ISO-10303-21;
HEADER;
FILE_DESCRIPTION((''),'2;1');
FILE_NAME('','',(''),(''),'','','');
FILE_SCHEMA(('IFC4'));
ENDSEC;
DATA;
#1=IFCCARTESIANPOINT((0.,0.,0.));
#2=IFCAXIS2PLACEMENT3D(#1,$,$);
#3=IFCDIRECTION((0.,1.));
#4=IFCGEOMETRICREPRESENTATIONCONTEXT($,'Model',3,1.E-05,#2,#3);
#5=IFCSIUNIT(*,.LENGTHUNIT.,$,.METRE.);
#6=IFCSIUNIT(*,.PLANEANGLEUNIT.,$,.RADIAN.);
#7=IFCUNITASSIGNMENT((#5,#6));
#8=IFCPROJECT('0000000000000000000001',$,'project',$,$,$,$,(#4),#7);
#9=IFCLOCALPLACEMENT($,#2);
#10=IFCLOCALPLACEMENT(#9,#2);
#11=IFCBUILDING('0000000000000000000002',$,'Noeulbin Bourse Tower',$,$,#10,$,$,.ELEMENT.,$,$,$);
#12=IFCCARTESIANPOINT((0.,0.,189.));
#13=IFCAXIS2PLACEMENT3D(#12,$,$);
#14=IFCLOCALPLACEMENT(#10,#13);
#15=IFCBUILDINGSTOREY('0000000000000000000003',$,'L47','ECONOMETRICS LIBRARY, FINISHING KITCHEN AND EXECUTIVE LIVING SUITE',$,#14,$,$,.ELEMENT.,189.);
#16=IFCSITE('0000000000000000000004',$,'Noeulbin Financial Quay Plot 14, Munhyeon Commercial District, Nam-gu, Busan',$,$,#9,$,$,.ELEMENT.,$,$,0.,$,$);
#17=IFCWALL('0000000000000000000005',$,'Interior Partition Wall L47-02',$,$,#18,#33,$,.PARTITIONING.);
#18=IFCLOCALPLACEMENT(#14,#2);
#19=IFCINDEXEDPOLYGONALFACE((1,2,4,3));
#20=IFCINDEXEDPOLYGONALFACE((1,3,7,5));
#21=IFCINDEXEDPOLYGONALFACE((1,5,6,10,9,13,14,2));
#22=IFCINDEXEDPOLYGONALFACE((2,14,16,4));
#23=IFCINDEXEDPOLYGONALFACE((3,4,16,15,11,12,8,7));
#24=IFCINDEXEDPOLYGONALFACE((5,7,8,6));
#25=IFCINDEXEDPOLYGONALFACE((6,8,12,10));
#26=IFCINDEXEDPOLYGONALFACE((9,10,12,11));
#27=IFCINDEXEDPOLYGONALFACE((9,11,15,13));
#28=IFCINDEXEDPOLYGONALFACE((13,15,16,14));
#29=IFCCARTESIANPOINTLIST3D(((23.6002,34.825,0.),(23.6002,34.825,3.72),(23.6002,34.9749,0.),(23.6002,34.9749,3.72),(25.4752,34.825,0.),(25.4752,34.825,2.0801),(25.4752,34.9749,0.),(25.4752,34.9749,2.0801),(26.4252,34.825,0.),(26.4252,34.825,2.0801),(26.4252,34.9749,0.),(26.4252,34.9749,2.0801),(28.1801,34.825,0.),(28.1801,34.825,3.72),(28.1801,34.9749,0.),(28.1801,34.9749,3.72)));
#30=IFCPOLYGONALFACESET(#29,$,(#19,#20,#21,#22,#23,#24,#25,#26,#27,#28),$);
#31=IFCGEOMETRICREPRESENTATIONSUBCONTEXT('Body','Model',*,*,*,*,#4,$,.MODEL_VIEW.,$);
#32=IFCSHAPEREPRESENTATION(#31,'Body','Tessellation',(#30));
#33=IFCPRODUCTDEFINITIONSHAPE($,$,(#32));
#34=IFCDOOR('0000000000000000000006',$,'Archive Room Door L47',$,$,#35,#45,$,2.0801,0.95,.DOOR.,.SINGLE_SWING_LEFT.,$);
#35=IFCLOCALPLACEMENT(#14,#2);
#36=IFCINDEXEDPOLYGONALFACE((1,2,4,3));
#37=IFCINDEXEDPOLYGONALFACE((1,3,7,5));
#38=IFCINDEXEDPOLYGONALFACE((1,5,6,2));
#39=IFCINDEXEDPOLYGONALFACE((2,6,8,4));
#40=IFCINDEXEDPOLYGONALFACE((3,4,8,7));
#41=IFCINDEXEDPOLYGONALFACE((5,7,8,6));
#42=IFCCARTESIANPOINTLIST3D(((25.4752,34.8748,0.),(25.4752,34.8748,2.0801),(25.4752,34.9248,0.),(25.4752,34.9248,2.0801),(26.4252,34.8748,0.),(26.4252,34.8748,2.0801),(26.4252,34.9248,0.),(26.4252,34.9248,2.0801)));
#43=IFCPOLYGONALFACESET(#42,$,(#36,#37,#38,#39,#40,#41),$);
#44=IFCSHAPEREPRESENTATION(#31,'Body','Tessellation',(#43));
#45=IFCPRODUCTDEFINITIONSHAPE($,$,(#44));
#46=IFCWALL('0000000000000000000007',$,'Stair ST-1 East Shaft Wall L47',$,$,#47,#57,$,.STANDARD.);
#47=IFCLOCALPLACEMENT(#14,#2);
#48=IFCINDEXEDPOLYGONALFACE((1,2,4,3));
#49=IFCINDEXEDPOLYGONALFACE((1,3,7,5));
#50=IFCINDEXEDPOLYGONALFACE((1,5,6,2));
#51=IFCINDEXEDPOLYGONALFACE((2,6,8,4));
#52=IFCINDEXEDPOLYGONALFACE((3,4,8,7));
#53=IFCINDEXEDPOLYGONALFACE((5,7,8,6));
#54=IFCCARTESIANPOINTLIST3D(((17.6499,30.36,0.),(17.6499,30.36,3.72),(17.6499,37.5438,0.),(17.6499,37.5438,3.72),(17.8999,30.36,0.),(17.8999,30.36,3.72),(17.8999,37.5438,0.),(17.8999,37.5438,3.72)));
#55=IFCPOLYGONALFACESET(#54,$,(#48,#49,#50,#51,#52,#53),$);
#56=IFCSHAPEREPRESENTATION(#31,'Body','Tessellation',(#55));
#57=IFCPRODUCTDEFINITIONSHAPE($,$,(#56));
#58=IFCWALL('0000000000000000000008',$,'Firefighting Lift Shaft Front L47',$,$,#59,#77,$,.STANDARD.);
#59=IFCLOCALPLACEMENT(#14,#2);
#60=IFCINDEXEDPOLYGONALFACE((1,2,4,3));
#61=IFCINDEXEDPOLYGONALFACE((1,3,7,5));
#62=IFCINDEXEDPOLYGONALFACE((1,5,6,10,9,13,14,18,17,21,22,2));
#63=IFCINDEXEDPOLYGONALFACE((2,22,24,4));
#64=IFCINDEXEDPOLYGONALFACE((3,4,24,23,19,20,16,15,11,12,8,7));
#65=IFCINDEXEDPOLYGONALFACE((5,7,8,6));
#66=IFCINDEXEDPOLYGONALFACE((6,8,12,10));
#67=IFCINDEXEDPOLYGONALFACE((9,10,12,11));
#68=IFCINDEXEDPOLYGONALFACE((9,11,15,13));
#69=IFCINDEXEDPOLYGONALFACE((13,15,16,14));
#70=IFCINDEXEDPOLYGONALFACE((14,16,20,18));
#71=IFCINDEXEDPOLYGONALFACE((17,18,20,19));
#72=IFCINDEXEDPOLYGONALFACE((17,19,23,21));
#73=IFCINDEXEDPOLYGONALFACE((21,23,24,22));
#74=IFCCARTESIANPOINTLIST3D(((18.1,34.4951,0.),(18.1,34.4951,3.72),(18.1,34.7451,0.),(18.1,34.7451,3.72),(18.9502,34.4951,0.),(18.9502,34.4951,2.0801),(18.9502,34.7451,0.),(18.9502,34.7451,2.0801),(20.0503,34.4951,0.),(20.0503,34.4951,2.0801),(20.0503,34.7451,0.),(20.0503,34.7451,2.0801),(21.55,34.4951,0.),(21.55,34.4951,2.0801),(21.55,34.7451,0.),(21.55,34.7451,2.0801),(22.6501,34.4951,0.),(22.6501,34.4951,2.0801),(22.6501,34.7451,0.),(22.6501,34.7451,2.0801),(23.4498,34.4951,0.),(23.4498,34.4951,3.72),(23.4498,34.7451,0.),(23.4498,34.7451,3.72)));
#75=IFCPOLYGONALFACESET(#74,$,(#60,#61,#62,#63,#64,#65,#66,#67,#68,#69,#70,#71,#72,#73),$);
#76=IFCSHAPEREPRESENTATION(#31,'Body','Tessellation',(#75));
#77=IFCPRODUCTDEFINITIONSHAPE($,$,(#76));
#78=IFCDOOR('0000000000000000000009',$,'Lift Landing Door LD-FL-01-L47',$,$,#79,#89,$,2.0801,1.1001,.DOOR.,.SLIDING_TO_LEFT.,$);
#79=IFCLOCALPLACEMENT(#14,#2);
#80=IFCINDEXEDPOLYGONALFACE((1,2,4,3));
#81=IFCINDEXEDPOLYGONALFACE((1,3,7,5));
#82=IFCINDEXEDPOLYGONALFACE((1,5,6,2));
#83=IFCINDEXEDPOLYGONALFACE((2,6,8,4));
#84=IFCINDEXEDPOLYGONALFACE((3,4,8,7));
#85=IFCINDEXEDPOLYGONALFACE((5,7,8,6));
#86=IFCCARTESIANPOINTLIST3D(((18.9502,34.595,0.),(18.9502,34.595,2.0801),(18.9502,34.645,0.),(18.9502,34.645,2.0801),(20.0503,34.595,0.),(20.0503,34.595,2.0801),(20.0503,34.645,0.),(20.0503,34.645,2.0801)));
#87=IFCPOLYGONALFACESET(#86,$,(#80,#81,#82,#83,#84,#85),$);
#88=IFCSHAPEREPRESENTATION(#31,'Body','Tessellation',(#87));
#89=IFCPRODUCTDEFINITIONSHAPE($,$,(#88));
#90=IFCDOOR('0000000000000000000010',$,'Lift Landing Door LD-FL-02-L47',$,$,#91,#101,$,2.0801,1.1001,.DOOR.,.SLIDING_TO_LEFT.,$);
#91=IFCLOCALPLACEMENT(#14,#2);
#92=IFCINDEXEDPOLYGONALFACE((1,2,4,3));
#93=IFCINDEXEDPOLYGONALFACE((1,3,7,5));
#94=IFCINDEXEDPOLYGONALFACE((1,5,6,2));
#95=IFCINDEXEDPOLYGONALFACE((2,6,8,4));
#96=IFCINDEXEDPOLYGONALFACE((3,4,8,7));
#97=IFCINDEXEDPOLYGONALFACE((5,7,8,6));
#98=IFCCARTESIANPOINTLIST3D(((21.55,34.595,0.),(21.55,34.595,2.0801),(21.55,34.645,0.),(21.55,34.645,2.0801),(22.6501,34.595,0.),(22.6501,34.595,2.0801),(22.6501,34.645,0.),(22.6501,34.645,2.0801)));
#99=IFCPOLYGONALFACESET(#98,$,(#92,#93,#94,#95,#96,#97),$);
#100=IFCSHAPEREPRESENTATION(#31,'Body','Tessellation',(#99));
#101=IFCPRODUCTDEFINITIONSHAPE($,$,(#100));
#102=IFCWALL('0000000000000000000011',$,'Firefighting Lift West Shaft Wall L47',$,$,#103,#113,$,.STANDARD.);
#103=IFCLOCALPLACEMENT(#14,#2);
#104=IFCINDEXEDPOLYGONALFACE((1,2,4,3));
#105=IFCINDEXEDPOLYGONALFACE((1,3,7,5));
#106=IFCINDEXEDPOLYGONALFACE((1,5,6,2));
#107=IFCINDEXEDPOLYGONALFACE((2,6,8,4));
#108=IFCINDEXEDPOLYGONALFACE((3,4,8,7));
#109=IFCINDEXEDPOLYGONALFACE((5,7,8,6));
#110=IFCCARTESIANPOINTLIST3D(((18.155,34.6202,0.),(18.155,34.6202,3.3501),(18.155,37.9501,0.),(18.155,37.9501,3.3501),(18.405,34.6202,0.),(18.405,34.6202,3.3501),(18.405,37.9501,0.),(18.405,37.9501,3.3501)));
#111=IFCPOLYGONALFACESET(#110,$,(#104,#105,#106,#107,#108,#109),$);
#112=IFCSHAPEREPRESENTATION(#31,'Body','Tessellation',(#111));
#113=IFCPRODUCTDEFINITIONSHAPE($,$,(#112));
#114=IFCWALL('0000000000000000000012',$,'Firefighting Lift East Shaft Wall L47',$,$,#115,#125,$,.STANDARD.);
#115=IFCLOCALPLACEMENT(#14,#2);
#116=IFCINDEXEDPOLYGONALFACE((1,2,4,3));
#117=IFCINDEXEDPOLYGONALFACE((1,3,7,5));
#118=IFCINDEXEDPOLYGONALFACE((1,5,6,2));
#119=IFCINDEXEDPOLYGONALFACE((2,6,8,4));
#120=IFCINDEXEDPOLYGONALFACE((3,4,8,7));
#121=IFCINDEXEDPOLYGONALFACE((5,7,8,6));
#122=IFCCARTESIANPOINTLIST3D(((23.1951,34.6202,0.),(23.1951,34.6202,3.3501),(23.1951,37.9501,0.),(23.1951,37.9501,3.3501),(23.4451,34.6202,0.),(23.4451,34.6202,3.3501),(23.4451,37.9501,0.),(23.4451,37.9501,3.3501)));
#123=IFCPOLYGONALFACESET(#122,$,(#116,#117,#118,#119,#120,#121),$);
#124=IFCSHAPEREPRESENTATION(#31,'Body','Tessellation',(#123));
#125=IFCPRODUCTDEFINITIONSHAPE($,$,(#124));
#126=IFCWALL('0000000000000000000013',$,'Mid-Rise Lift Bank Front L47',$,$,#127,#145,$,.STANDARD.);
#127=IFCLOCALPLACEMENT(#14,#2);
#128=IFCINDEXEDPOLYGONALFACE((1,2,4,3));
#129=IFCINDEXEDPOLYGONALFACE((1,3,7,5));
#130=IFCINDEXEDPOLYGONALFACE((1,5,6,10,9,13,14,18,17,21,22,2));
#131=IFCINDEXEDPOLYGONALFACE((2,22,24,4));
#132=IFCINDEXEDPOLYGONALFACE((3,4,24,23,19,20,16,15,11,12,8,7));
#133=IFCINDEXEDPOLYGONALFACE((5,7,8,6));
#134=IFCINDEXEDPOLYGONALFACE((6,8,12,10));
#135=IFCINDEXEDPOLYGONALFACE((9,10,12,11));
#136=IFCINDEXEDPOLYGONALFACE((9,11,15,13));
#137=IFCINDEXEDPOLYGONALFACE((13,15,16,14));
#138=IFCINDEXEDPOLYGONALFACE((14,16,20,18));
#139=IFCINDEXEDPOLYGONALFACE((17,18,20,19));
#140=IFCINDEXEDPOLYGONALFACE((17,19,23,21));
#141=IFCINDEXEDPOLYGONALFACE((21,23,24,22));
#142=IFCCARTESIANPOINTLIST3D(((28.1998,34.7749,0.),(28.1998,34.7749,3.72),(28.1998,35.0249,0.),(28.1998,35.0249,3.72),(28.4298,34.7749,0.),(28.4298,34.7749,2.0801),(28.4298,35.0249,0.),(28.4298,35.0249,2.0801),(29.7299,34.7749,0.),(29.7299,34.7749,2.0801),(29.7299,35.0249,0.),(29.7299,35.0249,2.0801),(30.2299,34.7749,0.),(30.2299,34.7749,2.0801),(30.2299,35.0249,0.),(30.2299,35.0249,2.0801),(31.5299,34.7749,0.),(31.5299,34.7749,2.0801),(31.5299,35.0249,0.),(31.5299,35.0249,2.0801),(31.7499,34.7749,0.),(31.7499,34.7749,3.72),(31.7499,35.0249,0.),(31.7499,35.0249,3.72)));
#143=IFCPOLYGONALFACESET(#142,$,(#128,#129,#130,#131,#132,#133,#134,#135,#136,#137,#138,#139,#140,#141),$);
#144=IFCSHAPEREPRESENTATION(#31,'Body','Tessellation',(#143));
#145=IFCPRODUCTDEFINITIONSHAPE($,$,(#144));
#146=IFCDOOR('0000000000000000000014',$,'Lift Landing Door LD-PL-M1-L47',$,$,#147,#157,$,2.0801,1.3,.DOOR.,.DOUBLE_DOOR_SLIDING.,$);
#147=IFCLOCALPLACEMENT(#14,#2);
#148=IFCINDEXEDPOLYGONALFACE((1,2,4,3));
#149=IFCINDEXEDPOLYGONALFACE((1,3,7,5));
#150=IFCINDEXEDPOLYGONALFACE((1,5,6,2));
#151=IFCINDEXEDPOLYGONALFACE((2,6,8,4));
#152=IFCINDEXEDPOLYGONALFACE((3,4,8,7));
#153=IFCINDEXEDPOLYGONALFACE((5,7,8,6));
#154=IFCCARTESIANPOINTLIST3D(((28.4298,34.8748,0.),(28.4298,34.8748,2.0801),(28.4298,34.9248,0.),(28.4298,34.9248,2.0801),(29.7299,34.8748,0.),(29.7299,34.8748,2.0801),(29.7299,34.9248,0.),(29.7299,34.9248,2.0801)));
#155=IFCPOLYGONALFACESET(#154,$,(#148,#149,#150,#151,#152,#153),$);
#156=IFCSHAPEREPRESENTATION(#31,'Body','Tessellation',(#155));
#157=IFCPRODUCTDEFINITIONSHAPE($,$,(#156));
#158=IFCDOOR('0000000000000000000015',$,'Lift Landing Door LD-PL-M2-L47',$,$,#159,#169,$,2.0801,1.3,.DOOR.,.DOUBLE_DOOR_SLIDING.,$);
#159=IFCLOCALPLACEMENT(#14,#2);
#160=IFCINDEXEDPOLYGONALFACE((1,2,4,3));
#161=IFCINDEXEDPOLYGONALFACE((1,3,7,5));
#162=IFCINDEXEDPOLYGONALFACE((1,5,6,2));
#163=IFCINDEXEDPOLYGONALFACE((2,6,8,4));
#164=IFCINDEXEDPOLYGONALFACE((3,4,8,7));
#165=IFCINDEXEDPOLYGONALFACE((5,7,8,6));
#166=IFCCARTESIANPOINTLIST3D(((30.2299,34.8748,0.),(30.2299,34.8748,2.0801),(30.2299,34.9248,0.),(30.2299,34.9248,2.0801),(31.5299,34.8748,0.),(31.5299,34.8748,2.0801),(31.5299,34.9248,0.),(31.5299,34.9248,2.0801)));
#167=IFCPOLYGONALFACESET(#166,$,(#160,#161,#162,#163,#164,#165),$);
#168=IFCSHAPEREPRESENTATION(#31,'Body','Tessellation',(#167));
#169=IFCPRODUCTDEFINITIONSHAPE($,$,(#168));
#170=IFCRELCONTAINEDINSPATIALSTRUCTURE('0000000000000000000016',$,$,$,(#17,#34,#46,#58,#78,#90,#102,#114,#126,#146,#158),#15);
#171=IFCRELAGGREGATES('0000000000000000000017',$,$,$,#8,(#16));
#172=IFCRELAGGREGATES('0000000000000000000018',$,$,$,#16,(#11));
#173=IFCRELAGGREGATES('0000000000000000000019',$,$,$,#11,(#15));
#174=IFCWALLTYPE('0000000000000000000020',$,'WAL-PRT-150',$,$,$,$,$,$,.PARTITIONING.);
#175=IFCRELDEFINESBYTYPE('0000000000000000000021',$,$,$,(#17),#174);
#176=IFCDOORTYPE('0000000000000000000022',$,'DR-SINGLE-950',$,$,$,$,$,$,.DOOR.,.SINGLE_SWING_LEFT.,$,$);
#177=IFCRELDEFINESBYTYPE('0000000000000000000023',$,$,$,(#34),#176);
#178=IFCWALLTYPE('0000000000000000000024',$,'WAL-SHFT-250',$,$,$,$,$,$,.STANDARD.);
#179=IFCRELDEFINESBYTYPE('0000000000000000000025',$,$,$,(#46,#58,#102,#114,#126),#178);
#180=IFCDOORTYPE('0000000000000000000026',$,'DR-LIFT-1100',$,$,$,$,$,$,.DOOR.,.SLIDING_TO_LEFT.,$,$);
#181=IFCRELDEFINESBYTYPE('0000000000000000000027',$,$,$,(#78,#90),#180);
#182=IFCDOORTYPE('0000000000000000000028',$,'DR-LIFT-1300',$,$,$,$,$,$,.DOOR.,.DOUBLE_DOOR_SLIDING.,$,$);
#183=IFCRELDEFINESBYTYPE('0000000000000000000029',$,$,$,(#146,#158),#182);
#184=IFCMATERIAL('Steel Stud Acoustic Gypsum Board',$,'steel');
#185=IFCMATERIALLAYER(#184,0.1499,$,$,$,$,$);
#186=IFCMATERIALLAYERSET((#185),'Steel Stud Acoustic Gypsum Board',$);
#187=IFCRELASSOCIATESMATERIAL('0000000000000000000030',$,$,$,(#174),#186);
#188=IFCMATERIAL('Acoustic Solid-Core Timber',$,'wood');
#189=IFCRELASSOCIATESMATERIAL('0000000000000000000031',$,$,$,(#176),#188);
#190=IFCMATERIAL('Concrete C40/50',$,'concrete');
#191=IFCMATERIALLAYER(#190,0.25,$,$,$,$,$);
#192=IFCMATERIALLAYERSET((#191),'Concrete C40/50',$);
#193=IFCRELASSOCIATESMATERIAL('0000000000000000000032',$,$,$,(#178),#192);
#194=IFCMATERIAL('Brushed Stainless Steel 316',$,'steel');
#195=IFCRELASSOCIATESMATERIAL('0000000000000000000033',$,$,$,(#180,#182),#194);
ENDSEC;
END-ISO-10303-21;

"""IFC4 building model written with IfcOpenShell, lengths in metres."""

from ifc_helpers import new_model, si_unit, direction, frame, frame_2d, origin, place, context, subcontext, project, spatial, rectangle, extrude, material, layer, layer_set, type_object, element, fill, save


model = new_model("IFC4")

# Units and contexts
model_context = context("Model", 3, precision=1e-05, world=origin(), true_north=direction((0.0, 1.0)))
body_context = subcontext(model_context, "Body", "Model", "MODEL_VIEW")
ifc_project = project(units=[si_unit("LENGTHUNIT", "METRE"), si_unit("PLANEANGLEUNIT", "RADIAN")], contexts=[model_context])

# Site, building, storey
site_placement = place(None, origin())
site = spatial("IfcSite", under=ifc_project, at=site_placement, Name="Noeulbin Financial Quay Plot 14, Munhyeon Commercial District, Nam-gu, Busan", CompositionType="ELEMENT", RefElevation=0.0)
building_placement = place(site_placement, origin())
building = spatial("IfcBuilding", under=site, at=building_placement, Name="Noeulbin Bourse Tower", CompositionType="ELEMENT")
storey_placement = place(building_placement, frame((0.0, 0.0, 189.0)))
storey = spatial("IfcBuildingStorey", under=building, at=storey_placement, Name="L47", Description="ECONOMETRICS LIBRARY, FINISHING KITCHEN AND EXECUTIVE LIVING SUITE", CompositionType="ELEMENT", Elevation=189.0)

# Shared definitions
ifc_material_1 = material(Name="Concrete C40/50", Category="concrete")

# Wall, opening, door
ifc_material_2 = material(Name="Steel Stud Acoustic Gypsum Board", Category="steel")
ifc_layer_1 = layer(ifc_material_2, 0.1499)
ifc_layer_set_1 = layer_set([ifc_layer_1], Name="Steel Stud Acoustic Gypsum Board")
wall_type_1 = type_object("IfcWallType", Name="WAL-PRT-150", PredefinedType="PARTITIONING", material=ifc_layer_set_1)
wall_1_placement = place(storey_placement, frame((23.6001, 34.8999, 0.0), z_axis=(0.0, 0.0, 1.0), x_axis=(1.0, 0.0, 0.0)))
wall_1 = element("IfcWall", 1, at=wall_1_placement, inside=storey, type_object=wall_type_1, Name="Interior Partition Wall L47-02", PredefinedType="PARTITIONING", context=body_context, shape_type="SweptSolid", body=[
    extrude(rectangle(XDim=4.5798, YDim=0.1499, at=frame_2d((2.29, 0.0))), origin(), (0.0, 0.0, 1.0), 3.72),
])
opening_1_placement = place(wall_1_placement, frame((1.875, 0.0, 0.0)))
opening_1 = element("IfcOpeningElement", 2, at=opening_1_placement, cuts=wall_1, PredefinedType="OPENING", context=body_context, shape_type="SweptSolid", body=[
    extrude(rectangle(XDim=0.95, YDim=2.0801, at=frame_2d((0.4751, 1.04))), frame((0.0, 0.085, 0.0), z_axis=(0.0, -1.0, 0.0), x_axis=(1.0, 0.0, 0.0)), (0.0, 0.0, 1.0), 0.1699),
])
ifc_material_3 = material(Name="Acoustic Solid-Core Timber", Category="wood")
door_type_1 = type_object("IfcDoorType", Name="DR-SINGLE-950", OperationType="SINGLE_SWING_LEFT", PredefinedType="DOOR", material=ifc_material_3)
door_1_placement = place(opening_1_placement, origin())
door_1 = element("IfcDoor", 3, at=door_1_placement, inside=storey, type_object=door_type_1, Name="Archive Room Door L47", OperationType="SINGLE_SWING_LEFT", OverallHeight=2.0801, OverallWidth=0.95, PredefinedType="DOOR", context=body_context, shape_type="SweptSolid", body=[
    extrude(rectangle(XDim=0.95, YDim=2.0801, at=frame_2d((0.4751, 1.04))), frame((0.0, 0.0249, 0.0), z_axis=(0.0, -1.0, 0.0), x_axis=(1.0, 0.0, 0.0)), (0.0, 0.0, 1.0), 0.05),
])
fill(opening_1, door_1)

# Wall
ifc_layer_2 = layer(ifc_material_1, 0.25)
ifc_layer_set_2 = layer_set([ifc_layer_2], Name="Concrete C40/50")
wall_type_2 = type_object("IfcWallType", Name="WAL-SHFT-250", PredefinedType="STANDARD", material=ifc_layer_set_2)
wall_2_placement = place(storey_placement, frame((17.7749, 30.3601, 0.0), z_axis=(0.0, 0.0, 1.0), x_axis=(0.0, 1.0, 0.0)))
element("IfcWall", 4, at=wall_2_placement, inside=storey, type_object=wall_type_2, Name="Stair ST-1 East Shaft Wall L47", PredefinedType="STANDARD", context=body_context, shape_type="SweptSolid", body=[
    extrude(rectangle(XDim=7.1838, YDim=0.25, at=frame_2d((3.5918, 0.0))), origin(), (0.0, 0.0, 1.0), 3.72),
])

# Wall, openings, doors
wall_3_placement = place(storey_placement, frame((18.1001, 34.6201, 0.0), z_axis=(0.0, 0.0, 1.0), x_axis=(1.0, 0.0, 0.0)))
wall_3 = element("IfcWall", 5, at=wall_3_placement, inside=storey, type_object=wall_type_2, Name="Firefighting Lift Shaft Front L47", PredefinedType="STANDARD", context=body_context, shape_type="SweptSolid", body=[
    extrude(rectangle(XDim=5.3499, YDim=0.25, at=frame_2d((2.6748, 0.0))), origin(), (0.0, 0.0, 1.0), 3.72),
])
opening_2_placement = place(wall_3_placement, frame((0.8501, 0.0, 0.0)))
opening_2 = element("IfcOpeningElement", 6, at=opening_2_placement, cuts=wall_3, PredefinedType="OPENING", context=body_context, shape_type="SweptSolid", body=[
    extrude(rectangle(XDim=1.1001, YDim=2.0801, at=frame_2d((0.55, 1.04))), frame((0.0, 0.135, 0.0), z_axis=(0.0, -1.0, 0.0), x_axis=(1.0, 0.0, 0.0)), (0.0, 0.0, 1.0), 0.27),
])
opening_3_placement = place(wall_3_placement, frame((3.45, 0.0, 0.0)))
opening_3 = element("IfcOpeningElement", 7, at=opening_3_placement, cuts=wall_3, PredefinedType="OPENING", context=body_context, shape_type="SweptSolid", body=[
    extrude(rectangle(XDim=1.1001, YDim=2.0801, at=frame_2d((0.55, 1.04))), frame((0.0, 0.135, 0.0), z_axis=(0.0, -1.0, 0.0), x_axis=(1.0, 0.0, 0.0)), (0.0, 0.0, 1.0), 0.27),
])
ifc_material_4 = material(Name="Brushed Stainless Steel 316", Category="steel")
door_type_2 = type_object("IfcDoorType", Name="DR-LIFT-1100", OperationType="SLIDING_TO_LEFT", PredefinedType="DOOR", material=ifc_material_4)
door_2_placement = place(opening_2_placement, origin())
door_2 = element("IfcDoor", 8, at=door_2_placement, inside=storey, type_object=door_type_2, Name="Lift Landing Door LD-FL-01-L47", OperationType="SLIDING_TO_LEFT", OverallHeight=2.0801, OverallWidth=1.1001, PredefinedType="DOOR", context=body_context, shape_type="SweptSolid", body=[
    extrude(rectangle(XDim=1.1001, YDim=2.0801, at=frame_2d((0.55, 1.04))), frame((0.0, 0.0249, 0.0), z_axis=(0.0, -1.0, 0.0), x_axis=(1.0, 0.0, 0.0)), (0.0, 0.0, 1.0), 0.05),
])
fill(opening_2, door_2)
door_3_placement = place(opening_3_placement, origin())
door_3 = element("IfcDoor", 9, at=door_3_placement, inside=storey, type_object=door_type_2, Name="Lift Landing Door LD-FL-02-L47", OperationType="SLIDING_TO_LEFT", OverallHeight=2.0801, OverallWidth=1.1001, PredefinedType="DOOR", context=body_context, shape_type="SweptSolid", body=[
    extrude(rectangle(XDim=1.1001, YDim=2.0801, at=frame_2d((0.55, 1.04))), frame((0.0, 0.0249, 0.0), z_axis=(0.0, -1.0, 0.0), x_axis=(1.0, 0.0, 0.0)), (0.0, 0.0, 1.0), 0.05),
])
fill(opening_3, door_3)

# Walls
for number, where, z_axis, x_axis, name in (
    (10, (18.28, 34.6201, 0.0), (0.0, 0.0, 1.0), (0.0, 1.0, 0.0), "Firefighting Lift West Shaft Wall L47"),
    (11, (23.3201, 34.6201, 0.0), (0.0, 0.0, 1.0), (0.0, 1.0, 0.0), "Firefighting Lift East Shaft Wall L47"),
):
    element("IfcWall", number, at=place(storey_placement, frame(where, z_axis=z_axis, x_axis=x_axis)), inside=storey, type_object=wall_type_2, Name=name, PredefinedType="STANDARD", context=body_context, shape_type="SweptSolid", body=[
        extrude(rectangle(XDim=3.3298, YDim=0.25, at=frame_2d((1.665, 0.0))), origin(), (0.0, 0.0, 1.0), 3.3501),
    ])

# Wall, openings, doors
wall_4_placement = place(storey_placement, frame((28.2, 34.8999, 0.0), z_axis=(0.0, 0.0, 1.0), x_axis=(1.0, 0.0, 0.0)))
wall_4 = element("IfcWall", 12, at=wall_4_placement, inside=storey, type_object=wall_type_2, Name="Mid-Rise Lift Bank Front L47", PredefinedType="STANDARD", context=body_context, shape_type="SweptSolid", body=[
    extrude(rectangle(XDim=3.55, YDim=0.25, at=frame_2d((1.7749, 0.0))), origin(), (0.0, 0.0, 1.0), 3.72),
])
opening_4_placement = place(wall_4_placement, frame((0.23, 0.0, 0.0)))
opening_4 = element("IfcOpeningElement", 13, at=opening_4_placement, cuts=wall_4, PredefinedType="OPENING", context=body_context, shape_type="SweptSolid", body=[
    extrude(rectangle(XDim=1.3, YDim=2.0801, at=frame_2d((0.6499, 1.04))), frame((0.0, 0.135, 0.0), z_axis=(0.0, -1.0, 0.0), x_axis=(1.0, 0.0, 0.0)), (0.0, 0.0, 1.0), 0.27),
])
opening_5_placement = place(wall_4_placement, frame((2.03, 0.0, 0.0)))
opening_5 = element("IfcOpeningElement", 14, at=opening_5_placement, cuts=wall_4, PredefinedType="OPENING", context=body_context, shape_type="SweptSolid", body=[
    extrude(rectangle(XDim=1.3, YDim=2.0801, at=frame_2d((0.6499, 1.04))), frame((0.0, 0.135, 0.0), z_axis=(0.0, -1.0, 0.0), x_axis=(1.0, 0.0, 0.0)), (0.0, 0.0, 1.0), 0.27),
])
door_type_3 = type_object("IfcDoorType", Name="DR-LIFT-1300", OperationType="DOUBLE_DOOR_SLIDING", PredefinedType="DOOR", material=ifc_material_4)
door_4_placement = place(opening_4_placement, origin())
door_4 = element("IfcDoor", 15, at=door_4_placement, inside=storey, type_object=door_type_3, Name="Lift Landing Door LD-PL-M1-L47", OperationType="DOUBLE_DOOR_SLIDING", OverallHeight=2.0801, OverallWidth=1.3, PredefinedType="DOOR", context=body_context, shape_type="SweptSolid", body=[
    extrude(rectangle(XDim=1.3, YDim=2.0801, at=frame_2d((0.6499, 1.04))), frame((0.0, 0.0249, 0.0), z_axis=(0.0, -1.0, 0.0), x_axis=(1.0, 0.0, 0.0)), (0.0, 0.0, 1.0), 0.05),
])
fill(opening_4, door_4)
door_5_placement = place(opening_5_placement, origin())
door_5 = element("IfcDoor", 16, at=door_5_placement, inside=storey, type_object=door_type_3, Name="Lift Landing Door LD-PL-M2-L47", OperationType="DOUBLE_DOOR_SLIDING", OverallHeight=2.0801, OverallWidth=1.3, PredefinedType="DOOR", context=body_context, shape_type="SweptSolid", body=[
    extrude(rectangle(XDim=1.3, YDim=2.0801, at=frame_2d((0.6499, 1.04))), frame((0.0, 0.0249, 0.0), z_axis=(0.0, -1.0, 0.0), x_axis=(1.0, 0.0, 0.0)), (0.0, 0.0, 1.0), 0.05),
])
fill(opening_5, door_5)

save(model, "model.ifc")
